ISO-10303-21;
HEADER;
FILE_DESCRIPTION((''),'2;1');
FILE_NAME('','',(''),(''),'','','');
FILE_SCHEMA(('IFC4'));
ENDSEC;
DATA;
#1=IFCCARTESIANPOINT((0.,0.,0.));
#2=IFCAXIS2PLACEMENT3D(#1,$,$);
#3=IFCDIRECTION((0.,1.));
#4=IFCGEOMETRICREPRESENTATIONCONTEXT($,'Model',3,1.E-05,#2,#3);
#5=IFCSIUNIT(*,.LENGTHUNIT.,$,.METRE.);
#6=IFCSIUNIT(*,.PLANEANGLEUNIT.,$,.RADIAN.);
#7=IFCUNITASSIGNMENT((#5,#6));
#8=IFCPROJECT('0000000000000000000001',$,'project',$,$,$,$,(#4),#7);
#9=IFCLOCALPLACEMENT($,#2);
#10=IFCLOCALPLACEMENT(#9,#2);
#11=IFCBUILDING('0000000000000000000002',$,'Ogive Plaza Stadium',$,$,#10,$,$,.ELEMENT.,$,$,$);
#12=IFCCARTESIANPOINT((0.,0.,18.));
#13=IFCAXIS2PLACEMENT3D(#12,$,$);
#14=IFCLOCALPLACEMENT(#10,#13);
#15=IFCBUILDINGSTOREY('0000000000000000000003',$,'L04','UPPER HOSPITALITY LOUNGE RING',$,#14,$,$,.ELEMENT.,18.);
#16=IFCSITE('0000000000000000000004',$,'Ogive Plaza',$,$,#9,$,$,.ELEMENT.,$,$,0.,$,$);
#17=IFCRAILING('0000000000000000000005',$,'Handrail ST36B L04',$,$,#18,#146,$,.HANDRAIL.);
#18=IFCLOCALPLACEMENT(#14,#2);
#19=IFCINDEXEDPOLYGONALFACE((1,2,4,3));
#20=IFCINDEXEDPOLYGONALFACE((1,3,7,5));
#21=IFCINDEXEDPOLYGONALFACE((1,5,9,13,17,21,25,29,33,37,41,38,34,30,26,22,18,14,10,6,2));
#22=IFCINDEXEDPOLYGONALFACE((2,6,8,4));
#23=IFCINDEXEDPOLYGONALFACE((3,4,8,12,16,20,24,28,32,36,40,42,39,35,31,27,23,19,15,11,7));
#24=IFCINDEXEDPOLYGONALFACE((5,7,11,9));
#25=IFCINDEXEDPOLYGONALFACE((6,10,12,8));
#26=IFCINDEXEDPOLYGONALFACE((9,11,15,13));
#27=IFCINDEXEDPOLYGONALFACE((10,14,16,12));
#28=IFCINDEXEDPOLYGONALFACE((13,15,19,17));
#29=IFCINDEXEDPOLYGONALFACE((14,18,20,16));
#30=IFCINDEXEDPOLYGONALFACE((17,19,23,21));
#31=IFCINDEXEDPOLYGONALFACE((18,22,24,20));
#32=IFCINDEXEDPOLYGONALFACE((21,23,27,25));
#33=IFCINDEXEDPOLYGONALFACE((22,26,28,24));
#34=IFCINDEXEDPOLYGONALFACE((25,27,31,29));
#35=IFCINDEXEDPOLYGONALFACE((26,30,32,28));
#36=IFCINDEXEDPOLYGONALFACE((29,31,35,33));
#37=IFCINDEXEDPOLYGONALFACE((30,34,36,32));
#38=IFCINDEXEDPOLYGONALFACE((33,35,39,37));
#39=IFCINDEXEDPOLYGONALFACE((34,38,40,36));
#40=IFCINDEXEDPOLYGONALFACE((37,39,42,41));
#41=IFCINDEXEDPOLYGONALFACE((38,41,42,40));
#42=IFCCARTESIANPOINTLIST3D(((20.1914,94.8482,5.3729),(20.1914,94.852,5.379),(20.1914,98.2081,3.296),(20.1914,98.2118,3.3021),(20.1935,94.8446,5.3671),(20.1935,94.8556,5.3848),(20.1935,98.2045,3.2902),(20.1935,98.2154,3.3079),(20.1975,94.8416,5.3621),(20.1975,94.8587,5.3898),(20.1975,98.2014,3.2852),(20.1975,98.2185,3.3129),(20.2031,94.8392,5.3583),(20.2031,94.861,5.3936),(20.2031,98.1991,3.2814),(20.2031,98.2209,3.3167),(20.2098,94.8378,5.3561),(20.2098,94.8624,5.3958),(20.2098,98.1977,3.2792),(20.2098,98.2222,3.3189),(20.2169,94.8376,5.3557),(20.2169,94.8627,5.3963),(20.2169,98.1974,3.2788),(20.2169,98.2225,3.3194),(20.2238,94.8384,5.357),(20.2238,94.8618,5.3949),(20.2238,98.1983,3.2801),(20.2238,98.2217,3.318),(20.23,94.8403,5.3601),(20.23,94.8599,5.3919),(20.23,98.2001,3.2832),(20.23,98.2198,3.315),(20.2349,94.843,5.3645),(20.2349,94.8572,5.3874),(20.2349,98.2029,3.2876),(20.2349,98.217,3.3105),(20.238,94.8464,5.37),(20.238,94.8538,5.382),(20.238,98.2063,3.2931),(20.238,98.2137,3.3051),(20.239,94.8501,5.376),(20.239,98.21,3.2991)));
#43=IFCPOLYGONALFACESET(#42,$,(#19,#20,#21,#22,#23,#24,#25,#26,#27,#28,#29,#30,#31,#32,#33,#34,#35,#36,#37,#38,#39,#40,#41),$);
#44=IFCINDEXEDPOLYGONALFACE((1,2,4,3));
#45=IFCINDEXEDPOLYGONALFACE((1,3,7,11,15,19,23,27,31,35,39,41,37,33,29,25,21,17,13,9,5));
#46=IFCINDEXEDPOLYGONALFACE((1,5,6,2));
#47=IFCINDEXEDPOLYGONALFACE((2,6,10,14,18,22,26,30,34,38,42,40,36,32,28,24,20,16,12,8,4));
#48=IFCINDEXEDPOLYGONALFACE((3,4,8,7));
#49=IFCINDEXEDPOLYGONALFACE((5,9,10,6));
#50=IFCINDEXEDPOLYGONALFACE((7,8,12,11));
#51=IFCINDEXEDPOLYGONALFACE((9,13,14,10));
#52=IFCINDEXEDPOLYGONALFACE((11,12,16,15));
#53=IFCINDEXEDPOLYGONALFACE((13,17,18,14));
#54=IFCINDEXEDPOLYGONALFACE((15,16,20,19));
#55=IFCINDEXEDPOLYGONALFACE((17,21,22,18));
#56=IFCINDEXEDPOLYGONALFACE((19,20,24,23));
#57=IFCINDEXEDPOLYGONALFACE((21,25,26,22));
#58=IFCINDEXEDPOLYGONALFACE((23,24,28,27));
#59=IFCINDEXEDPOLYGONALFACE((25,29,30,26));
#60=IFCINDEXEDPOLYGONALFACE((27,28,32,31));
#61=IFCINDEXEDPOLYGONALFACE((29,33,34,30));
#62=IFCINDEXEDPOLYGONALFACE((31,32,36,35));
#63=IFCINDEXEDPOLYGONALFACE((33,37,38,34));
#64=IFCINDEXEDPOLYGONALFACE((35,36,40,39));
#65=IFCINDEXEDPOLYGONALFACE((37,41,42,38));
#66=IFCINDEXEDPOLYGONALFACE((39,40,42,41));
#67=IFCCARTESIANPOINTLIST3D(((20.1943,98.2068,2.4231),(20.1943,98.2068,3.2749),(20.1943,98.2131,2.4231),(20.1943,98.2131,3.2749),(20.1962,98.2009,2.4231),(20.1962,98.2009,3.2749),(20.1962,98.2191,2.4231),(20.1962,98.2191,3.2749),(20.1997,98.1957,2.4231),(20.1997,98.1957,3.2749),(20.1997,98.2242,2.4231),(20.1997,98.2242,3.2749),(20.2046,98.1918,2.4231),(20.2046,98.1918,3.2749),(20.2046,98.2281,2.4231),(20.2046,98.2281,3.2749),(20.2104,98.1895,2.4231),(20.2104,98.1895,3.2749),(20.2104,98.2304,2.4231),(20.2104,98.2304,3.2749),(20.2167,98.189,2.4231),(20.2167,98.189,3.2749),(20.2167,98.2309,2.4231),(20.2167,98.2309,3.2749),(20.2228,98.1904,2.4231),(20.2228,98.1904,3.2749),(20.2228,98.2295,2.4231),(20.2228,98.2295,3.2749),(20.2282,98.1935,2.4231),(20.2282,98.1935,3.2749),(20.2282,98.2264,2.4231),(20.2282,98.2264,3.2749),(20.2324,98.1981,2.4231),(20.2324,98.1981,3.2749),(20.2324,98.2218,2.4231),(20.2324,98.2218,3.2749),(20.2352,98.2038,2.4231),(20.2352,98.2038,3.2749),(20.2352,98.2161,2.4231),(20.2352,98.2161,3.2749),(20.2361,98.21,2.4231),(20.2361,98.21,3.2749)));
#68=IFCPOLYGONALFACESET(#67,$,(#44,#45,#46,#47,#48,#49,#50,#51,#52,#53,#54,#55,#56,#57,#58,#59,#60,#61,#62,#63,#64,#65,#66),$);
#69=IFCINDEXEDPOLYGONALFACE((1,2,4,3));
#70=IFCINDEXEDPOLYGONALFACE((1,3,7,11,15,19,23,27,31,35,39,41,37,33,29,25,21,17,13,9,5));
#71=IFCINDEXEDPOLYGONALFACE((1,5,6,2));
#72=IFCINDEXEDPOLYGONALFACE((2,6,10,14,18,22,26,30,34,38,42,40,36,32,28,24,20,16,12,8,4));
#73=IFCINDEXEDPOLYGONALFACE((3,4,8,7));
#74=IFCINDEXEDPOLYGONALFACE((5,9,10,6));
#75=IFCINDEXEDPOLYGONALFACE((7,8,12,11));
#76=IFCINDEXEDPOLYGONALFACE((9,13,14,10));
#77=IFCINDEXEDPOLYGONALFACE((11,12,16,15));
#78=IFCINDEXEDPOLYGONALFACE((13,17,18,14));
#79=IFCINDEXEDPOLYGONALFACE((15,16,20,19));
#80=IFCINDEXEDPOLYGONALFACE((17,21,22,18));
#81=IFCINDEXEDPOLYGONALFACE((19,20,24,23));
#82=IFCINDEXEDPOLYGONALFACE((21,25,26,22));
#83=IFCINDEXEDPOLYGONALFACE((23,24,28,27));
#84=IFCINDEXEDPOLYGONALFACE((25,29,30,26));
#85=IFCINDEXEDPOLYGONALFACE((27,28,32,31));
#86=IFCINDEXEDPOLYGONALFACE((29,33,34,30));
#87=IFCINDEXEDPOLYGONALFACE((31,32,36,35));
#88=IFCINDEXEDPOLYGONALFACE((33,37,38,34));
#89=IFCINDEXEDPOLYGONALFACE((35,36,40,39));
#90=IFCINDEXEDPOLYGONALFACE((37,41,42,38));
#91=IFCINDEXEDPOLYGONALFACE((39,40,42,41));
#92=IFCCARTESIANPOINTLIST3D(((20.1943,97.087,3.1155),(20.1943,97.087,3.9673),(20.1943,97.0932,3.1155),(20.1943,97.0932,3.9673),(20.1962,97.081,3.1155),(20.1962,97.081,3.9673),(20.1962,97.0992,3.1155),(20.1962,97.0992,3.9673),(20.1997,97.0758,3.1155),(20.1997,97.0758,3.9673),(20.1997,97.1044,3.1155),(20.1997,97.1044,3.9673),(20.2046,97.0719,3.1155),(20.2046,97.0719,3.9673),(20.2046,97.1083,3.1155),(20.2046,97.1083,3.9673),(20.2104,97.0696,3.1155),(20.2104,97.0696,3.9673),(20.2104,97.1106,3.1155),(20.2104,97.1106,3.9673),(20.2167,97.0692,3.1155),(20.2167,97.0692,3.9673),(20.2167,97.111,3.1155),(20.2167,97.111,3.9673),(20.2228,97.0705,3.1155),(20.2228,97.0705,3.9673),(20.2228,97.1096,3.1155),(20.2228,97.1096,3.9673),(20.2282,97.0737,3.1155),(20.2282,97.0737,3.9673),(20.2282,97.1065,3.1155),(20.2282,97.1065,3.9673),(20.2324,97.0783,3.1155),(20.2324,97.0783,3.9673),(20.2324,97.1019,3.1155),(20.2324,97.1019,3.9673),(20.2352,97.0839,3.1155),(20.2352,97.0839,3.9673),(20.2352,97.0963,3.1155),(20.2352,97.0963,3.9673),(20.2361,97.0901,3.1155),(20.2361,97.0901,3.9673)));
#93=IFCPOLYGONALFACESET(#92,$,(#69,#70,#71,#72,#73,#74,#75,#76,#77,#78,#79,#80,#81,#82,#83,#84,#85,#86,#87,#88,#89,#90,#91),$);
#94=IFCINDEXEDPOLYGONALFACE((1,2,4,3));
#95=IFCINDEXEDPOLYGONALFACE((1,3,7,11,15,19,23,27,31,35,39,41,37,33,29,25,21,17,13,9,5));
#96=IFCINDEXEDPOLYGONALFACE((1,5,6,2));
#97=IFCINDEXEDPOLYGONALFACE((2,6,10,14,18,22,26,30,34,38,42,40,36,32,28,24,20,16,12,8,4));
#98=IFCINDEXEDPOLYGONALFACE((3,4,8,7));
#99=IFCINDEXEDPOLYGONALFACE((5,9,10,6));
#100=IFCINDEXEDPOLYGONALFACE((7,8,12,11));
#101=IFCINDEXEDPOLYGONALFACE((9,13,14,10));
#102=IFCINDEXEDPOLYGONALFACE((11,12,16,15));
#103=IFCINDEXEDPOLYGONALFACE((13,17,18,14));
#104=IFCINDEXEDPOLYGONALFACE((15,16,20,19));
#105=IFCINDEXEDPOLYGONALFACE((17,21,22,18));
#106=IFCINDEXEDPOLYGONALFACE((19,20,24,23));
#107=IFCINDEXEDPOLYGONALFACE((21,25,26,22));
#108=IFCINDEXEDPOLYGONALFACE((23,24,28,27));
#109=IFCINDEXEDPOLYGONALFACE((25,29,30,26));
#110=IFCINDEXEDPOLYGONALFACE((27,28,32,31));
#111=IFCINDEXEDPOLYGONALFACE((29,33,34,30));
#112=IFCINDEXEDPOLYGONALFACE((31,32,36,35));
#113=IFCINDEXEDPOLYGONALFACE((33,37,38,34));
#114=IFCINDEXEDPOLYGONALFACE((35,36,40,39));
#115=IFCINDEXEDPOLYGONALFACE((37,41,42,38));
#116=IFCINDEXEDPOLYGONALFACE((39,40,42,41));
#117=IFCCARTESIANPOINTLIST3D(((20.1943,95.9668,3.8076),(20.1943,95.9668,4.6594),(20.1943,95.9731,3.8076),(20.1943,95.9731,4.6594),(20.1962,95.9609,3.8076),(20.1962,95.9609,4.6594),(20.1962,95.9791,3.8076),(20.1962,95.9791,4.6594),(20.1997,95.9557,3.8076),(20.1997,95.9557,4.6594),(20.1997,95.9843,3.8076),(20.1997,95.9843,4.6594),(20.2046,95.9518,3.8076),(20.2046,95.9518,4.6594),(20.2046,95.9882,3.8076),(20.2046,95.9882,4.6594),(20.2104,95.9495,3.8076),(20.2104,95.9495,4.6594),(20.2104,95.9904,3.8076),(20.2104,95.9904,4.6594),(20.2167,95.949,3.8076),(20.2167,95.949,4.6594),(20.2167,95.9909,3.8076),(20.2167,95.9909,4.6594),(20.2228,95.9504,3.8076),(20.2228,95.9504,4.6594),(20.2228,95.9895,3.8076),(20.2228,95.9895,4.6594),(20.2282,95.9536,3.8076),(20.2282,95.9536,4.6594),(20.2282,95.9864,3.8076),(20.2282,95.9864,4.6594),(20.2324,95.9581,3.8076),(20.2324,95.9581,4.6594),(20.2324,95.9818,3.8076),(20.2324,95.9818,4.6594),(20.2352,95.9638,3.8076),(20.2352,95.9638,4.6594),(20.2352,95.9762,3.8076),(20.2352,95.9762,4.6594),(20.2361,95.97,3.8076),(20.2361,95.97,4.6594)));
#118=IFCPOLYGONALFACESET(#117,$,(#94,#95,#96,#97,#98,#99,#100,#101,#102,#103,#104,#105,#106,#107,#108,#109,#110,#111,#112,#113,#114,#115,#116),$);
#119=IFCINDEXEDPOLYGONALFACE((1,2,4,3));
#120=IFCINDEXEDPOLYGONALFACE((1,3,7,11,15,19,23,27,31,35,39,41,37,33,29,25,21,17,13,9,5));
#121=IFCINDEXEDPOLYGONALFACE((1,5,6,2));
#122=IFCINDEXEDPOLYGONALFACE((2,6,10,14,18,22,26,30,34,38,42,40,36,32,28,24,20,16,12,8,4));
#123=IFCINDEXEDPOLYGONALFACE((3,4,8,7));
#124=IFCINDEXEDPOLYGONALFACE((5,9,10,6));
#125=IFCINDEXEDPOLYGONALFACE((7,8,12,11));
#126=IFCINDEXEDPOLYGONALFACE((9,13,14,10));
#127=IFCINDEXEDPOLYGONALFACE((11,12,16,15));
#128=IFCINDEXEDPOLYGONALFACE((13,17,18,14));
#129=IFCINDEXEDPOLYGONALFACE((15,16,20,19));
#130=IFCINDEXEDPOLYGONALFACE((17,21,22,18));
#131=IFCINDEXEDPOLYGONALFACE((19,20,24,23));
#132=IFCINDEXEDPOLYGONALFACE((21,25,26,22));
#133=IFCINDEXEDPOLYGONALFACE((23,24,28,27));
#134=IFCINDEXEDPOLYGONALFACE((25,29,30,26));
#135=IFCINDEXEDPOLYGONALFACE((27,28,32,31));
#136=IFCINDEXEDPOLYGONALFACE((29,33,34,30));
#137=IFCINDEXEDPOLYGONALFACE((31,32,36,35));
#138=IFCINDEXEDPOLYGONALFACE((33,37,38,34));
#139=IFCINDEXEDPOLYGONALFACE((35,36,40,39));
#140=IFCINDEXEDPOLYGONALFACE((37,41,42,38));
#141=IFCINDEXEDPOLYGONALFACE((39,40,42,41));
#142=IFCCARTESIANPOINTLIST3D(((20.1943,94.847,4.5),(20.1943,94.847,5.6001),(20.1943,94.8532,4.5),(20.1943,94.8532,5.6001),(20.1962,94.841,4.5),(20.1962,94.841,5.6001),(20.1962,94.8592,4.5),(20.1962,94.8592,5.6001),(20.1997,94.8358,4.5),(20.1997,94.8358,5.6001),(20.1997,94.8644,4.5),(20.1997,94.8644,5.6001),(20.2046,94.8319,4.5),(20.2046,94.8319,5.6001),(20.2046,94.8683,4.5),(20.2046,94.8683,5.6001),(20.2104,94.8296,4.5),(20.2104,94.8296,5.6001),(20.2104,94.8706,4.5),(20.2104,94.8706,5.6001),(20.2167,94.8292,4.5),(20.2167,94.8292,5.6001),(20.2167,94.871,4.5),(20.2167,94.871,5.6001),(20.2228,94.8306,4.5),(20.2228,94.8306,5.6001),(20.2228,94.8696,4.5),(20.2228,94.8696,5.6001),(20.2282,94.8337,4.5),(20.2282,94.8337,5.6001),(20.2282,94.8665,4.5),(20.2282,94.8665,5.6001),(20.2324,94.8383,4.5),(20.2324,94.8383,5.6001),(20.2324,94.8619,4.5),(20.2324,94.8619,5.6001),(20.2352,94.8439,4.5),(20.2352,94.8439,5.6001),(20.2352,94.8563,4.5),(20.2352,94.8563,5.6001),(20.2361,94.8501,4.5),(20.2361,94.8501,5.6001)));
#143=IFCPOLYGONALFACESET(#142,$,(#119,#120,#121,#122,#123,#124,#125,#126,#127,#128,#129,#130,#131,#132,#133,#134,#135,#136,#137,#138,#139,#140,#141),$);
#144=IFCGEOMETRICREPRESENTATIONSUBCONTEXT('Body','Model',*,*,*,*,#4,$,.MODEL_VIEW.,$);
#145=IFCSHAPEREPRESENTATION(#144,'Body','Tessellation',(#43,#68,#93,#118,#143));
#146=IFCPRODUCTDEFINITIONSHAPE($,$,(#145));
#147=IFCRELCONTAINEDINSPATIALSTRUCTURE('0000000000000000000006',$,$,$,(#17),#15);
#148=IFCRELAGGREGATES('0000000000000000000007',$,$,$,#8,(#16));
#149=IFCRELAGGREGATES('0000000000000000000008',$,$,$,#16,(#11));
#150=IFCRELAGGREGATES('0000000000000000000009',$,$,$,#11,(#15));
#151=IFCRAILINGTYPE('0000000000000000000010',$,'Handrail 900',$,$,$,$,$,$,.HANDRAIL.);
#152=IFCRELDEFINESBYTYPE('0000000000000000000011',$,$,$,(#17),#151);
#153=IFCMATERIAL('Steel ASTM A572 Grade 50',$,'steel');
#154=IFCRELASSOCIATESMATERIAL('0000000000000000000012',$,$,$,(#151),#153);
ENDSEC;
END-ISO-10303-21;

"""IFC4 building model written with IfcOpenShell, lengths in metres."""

from ifc_helpers import new_model, si_unit, direction, frame, origin, origin_2d, place, context, subcontext, project, spatial, circle, extrude, material, type_object, element, save


model = new_model("IFC4")

# Units and contexts
model_context = context("Model", 3, precision=1e-05, world=origin(), true_north=direction((0.0, 1.0)))
body_context = subcontext(model_context, "Body", "Model", "MODEL_VIEW")
ifc_project = project(units=[si_unit("LENGTHUNIT", "METRE"), si_unit("PLANEANGLEUNIT", "RADIAN")], contexts=[model_context])

# Site, building, storey
site_placement = place(None, origin())
site = spatial("IfcSite", under=ifc_project, at=site_placement, Name="Ogive Plaza", CompositionType="ELEMENT", RefElevation=0.0)
building_placement = place(site_placement, origin())
building = spatial("IfcBuilding", under=site, at=building_placement, Name="Ogive Plaza Stadium", CompositionType="ELEMENT")
storey_placement = place(building_placement, frame((0.0, 0.0, 18.0)))
storey = spatial("IfcBuildingStorey", under=building, at=storey_placement, Name="L04", Description="UPPER HOSPITALITY LOUNGE RING", CompositionType="ELEMENT", Elevation=18.0)

# Railing
ifc_material_1 = material(Name="Steel ASTM A572 Grade 50", Category="steel")
railing_type_1 = type_object("IfcRailingType", Name="Handrail 900", PredefinedType="HANDRAIL", material=ifc_material_1)
for number, where, name in (
    (1, (20.2151, 98.21, 2.4231), "Handrail ST36B L04"),
):
    element("IfcRailing", number, at=place(storey_placement, frame(where)), inside=storey, type_object=railing_type_1, Name=name, PredefinedType="HANDRAIL", context=body_context, shape_type="SweptSolid", body=[
        extrude(circle(Radius=0.0239, at=origin_2d()), frame((0.0, 0.0, 0.876), z_axis=(0.0, -0.850606, 0.525803), x_axis=(1.0, 0.0, 0.0)), (0.0, 0.0, 1.0), 3.95),
        extrude(circle(Radius=0.021, at=origin_2d()), origin(), (0.0, 0.0, 1.0), 0.8518),
        extrude(circle(Radius=0.021, at=origin_2d()), frame((0.0, -1.1199, 0.6924)), (0.0, 0.0, 1.0), 0.8518),
        extrude(circle(Radius=0.021, at=origin_2d()), frame((0.0, -2.24, 1.3845)), (0.0, 0.0, 1.0), 0.8518),
        extrude(circle(Radius=0.021, at=origin_2d()), frame((0.0, -3.3599, 2.0769)), (0.0, 0.0, 1.0), 1.1001),
    ])

save(model, "model.ifc")
